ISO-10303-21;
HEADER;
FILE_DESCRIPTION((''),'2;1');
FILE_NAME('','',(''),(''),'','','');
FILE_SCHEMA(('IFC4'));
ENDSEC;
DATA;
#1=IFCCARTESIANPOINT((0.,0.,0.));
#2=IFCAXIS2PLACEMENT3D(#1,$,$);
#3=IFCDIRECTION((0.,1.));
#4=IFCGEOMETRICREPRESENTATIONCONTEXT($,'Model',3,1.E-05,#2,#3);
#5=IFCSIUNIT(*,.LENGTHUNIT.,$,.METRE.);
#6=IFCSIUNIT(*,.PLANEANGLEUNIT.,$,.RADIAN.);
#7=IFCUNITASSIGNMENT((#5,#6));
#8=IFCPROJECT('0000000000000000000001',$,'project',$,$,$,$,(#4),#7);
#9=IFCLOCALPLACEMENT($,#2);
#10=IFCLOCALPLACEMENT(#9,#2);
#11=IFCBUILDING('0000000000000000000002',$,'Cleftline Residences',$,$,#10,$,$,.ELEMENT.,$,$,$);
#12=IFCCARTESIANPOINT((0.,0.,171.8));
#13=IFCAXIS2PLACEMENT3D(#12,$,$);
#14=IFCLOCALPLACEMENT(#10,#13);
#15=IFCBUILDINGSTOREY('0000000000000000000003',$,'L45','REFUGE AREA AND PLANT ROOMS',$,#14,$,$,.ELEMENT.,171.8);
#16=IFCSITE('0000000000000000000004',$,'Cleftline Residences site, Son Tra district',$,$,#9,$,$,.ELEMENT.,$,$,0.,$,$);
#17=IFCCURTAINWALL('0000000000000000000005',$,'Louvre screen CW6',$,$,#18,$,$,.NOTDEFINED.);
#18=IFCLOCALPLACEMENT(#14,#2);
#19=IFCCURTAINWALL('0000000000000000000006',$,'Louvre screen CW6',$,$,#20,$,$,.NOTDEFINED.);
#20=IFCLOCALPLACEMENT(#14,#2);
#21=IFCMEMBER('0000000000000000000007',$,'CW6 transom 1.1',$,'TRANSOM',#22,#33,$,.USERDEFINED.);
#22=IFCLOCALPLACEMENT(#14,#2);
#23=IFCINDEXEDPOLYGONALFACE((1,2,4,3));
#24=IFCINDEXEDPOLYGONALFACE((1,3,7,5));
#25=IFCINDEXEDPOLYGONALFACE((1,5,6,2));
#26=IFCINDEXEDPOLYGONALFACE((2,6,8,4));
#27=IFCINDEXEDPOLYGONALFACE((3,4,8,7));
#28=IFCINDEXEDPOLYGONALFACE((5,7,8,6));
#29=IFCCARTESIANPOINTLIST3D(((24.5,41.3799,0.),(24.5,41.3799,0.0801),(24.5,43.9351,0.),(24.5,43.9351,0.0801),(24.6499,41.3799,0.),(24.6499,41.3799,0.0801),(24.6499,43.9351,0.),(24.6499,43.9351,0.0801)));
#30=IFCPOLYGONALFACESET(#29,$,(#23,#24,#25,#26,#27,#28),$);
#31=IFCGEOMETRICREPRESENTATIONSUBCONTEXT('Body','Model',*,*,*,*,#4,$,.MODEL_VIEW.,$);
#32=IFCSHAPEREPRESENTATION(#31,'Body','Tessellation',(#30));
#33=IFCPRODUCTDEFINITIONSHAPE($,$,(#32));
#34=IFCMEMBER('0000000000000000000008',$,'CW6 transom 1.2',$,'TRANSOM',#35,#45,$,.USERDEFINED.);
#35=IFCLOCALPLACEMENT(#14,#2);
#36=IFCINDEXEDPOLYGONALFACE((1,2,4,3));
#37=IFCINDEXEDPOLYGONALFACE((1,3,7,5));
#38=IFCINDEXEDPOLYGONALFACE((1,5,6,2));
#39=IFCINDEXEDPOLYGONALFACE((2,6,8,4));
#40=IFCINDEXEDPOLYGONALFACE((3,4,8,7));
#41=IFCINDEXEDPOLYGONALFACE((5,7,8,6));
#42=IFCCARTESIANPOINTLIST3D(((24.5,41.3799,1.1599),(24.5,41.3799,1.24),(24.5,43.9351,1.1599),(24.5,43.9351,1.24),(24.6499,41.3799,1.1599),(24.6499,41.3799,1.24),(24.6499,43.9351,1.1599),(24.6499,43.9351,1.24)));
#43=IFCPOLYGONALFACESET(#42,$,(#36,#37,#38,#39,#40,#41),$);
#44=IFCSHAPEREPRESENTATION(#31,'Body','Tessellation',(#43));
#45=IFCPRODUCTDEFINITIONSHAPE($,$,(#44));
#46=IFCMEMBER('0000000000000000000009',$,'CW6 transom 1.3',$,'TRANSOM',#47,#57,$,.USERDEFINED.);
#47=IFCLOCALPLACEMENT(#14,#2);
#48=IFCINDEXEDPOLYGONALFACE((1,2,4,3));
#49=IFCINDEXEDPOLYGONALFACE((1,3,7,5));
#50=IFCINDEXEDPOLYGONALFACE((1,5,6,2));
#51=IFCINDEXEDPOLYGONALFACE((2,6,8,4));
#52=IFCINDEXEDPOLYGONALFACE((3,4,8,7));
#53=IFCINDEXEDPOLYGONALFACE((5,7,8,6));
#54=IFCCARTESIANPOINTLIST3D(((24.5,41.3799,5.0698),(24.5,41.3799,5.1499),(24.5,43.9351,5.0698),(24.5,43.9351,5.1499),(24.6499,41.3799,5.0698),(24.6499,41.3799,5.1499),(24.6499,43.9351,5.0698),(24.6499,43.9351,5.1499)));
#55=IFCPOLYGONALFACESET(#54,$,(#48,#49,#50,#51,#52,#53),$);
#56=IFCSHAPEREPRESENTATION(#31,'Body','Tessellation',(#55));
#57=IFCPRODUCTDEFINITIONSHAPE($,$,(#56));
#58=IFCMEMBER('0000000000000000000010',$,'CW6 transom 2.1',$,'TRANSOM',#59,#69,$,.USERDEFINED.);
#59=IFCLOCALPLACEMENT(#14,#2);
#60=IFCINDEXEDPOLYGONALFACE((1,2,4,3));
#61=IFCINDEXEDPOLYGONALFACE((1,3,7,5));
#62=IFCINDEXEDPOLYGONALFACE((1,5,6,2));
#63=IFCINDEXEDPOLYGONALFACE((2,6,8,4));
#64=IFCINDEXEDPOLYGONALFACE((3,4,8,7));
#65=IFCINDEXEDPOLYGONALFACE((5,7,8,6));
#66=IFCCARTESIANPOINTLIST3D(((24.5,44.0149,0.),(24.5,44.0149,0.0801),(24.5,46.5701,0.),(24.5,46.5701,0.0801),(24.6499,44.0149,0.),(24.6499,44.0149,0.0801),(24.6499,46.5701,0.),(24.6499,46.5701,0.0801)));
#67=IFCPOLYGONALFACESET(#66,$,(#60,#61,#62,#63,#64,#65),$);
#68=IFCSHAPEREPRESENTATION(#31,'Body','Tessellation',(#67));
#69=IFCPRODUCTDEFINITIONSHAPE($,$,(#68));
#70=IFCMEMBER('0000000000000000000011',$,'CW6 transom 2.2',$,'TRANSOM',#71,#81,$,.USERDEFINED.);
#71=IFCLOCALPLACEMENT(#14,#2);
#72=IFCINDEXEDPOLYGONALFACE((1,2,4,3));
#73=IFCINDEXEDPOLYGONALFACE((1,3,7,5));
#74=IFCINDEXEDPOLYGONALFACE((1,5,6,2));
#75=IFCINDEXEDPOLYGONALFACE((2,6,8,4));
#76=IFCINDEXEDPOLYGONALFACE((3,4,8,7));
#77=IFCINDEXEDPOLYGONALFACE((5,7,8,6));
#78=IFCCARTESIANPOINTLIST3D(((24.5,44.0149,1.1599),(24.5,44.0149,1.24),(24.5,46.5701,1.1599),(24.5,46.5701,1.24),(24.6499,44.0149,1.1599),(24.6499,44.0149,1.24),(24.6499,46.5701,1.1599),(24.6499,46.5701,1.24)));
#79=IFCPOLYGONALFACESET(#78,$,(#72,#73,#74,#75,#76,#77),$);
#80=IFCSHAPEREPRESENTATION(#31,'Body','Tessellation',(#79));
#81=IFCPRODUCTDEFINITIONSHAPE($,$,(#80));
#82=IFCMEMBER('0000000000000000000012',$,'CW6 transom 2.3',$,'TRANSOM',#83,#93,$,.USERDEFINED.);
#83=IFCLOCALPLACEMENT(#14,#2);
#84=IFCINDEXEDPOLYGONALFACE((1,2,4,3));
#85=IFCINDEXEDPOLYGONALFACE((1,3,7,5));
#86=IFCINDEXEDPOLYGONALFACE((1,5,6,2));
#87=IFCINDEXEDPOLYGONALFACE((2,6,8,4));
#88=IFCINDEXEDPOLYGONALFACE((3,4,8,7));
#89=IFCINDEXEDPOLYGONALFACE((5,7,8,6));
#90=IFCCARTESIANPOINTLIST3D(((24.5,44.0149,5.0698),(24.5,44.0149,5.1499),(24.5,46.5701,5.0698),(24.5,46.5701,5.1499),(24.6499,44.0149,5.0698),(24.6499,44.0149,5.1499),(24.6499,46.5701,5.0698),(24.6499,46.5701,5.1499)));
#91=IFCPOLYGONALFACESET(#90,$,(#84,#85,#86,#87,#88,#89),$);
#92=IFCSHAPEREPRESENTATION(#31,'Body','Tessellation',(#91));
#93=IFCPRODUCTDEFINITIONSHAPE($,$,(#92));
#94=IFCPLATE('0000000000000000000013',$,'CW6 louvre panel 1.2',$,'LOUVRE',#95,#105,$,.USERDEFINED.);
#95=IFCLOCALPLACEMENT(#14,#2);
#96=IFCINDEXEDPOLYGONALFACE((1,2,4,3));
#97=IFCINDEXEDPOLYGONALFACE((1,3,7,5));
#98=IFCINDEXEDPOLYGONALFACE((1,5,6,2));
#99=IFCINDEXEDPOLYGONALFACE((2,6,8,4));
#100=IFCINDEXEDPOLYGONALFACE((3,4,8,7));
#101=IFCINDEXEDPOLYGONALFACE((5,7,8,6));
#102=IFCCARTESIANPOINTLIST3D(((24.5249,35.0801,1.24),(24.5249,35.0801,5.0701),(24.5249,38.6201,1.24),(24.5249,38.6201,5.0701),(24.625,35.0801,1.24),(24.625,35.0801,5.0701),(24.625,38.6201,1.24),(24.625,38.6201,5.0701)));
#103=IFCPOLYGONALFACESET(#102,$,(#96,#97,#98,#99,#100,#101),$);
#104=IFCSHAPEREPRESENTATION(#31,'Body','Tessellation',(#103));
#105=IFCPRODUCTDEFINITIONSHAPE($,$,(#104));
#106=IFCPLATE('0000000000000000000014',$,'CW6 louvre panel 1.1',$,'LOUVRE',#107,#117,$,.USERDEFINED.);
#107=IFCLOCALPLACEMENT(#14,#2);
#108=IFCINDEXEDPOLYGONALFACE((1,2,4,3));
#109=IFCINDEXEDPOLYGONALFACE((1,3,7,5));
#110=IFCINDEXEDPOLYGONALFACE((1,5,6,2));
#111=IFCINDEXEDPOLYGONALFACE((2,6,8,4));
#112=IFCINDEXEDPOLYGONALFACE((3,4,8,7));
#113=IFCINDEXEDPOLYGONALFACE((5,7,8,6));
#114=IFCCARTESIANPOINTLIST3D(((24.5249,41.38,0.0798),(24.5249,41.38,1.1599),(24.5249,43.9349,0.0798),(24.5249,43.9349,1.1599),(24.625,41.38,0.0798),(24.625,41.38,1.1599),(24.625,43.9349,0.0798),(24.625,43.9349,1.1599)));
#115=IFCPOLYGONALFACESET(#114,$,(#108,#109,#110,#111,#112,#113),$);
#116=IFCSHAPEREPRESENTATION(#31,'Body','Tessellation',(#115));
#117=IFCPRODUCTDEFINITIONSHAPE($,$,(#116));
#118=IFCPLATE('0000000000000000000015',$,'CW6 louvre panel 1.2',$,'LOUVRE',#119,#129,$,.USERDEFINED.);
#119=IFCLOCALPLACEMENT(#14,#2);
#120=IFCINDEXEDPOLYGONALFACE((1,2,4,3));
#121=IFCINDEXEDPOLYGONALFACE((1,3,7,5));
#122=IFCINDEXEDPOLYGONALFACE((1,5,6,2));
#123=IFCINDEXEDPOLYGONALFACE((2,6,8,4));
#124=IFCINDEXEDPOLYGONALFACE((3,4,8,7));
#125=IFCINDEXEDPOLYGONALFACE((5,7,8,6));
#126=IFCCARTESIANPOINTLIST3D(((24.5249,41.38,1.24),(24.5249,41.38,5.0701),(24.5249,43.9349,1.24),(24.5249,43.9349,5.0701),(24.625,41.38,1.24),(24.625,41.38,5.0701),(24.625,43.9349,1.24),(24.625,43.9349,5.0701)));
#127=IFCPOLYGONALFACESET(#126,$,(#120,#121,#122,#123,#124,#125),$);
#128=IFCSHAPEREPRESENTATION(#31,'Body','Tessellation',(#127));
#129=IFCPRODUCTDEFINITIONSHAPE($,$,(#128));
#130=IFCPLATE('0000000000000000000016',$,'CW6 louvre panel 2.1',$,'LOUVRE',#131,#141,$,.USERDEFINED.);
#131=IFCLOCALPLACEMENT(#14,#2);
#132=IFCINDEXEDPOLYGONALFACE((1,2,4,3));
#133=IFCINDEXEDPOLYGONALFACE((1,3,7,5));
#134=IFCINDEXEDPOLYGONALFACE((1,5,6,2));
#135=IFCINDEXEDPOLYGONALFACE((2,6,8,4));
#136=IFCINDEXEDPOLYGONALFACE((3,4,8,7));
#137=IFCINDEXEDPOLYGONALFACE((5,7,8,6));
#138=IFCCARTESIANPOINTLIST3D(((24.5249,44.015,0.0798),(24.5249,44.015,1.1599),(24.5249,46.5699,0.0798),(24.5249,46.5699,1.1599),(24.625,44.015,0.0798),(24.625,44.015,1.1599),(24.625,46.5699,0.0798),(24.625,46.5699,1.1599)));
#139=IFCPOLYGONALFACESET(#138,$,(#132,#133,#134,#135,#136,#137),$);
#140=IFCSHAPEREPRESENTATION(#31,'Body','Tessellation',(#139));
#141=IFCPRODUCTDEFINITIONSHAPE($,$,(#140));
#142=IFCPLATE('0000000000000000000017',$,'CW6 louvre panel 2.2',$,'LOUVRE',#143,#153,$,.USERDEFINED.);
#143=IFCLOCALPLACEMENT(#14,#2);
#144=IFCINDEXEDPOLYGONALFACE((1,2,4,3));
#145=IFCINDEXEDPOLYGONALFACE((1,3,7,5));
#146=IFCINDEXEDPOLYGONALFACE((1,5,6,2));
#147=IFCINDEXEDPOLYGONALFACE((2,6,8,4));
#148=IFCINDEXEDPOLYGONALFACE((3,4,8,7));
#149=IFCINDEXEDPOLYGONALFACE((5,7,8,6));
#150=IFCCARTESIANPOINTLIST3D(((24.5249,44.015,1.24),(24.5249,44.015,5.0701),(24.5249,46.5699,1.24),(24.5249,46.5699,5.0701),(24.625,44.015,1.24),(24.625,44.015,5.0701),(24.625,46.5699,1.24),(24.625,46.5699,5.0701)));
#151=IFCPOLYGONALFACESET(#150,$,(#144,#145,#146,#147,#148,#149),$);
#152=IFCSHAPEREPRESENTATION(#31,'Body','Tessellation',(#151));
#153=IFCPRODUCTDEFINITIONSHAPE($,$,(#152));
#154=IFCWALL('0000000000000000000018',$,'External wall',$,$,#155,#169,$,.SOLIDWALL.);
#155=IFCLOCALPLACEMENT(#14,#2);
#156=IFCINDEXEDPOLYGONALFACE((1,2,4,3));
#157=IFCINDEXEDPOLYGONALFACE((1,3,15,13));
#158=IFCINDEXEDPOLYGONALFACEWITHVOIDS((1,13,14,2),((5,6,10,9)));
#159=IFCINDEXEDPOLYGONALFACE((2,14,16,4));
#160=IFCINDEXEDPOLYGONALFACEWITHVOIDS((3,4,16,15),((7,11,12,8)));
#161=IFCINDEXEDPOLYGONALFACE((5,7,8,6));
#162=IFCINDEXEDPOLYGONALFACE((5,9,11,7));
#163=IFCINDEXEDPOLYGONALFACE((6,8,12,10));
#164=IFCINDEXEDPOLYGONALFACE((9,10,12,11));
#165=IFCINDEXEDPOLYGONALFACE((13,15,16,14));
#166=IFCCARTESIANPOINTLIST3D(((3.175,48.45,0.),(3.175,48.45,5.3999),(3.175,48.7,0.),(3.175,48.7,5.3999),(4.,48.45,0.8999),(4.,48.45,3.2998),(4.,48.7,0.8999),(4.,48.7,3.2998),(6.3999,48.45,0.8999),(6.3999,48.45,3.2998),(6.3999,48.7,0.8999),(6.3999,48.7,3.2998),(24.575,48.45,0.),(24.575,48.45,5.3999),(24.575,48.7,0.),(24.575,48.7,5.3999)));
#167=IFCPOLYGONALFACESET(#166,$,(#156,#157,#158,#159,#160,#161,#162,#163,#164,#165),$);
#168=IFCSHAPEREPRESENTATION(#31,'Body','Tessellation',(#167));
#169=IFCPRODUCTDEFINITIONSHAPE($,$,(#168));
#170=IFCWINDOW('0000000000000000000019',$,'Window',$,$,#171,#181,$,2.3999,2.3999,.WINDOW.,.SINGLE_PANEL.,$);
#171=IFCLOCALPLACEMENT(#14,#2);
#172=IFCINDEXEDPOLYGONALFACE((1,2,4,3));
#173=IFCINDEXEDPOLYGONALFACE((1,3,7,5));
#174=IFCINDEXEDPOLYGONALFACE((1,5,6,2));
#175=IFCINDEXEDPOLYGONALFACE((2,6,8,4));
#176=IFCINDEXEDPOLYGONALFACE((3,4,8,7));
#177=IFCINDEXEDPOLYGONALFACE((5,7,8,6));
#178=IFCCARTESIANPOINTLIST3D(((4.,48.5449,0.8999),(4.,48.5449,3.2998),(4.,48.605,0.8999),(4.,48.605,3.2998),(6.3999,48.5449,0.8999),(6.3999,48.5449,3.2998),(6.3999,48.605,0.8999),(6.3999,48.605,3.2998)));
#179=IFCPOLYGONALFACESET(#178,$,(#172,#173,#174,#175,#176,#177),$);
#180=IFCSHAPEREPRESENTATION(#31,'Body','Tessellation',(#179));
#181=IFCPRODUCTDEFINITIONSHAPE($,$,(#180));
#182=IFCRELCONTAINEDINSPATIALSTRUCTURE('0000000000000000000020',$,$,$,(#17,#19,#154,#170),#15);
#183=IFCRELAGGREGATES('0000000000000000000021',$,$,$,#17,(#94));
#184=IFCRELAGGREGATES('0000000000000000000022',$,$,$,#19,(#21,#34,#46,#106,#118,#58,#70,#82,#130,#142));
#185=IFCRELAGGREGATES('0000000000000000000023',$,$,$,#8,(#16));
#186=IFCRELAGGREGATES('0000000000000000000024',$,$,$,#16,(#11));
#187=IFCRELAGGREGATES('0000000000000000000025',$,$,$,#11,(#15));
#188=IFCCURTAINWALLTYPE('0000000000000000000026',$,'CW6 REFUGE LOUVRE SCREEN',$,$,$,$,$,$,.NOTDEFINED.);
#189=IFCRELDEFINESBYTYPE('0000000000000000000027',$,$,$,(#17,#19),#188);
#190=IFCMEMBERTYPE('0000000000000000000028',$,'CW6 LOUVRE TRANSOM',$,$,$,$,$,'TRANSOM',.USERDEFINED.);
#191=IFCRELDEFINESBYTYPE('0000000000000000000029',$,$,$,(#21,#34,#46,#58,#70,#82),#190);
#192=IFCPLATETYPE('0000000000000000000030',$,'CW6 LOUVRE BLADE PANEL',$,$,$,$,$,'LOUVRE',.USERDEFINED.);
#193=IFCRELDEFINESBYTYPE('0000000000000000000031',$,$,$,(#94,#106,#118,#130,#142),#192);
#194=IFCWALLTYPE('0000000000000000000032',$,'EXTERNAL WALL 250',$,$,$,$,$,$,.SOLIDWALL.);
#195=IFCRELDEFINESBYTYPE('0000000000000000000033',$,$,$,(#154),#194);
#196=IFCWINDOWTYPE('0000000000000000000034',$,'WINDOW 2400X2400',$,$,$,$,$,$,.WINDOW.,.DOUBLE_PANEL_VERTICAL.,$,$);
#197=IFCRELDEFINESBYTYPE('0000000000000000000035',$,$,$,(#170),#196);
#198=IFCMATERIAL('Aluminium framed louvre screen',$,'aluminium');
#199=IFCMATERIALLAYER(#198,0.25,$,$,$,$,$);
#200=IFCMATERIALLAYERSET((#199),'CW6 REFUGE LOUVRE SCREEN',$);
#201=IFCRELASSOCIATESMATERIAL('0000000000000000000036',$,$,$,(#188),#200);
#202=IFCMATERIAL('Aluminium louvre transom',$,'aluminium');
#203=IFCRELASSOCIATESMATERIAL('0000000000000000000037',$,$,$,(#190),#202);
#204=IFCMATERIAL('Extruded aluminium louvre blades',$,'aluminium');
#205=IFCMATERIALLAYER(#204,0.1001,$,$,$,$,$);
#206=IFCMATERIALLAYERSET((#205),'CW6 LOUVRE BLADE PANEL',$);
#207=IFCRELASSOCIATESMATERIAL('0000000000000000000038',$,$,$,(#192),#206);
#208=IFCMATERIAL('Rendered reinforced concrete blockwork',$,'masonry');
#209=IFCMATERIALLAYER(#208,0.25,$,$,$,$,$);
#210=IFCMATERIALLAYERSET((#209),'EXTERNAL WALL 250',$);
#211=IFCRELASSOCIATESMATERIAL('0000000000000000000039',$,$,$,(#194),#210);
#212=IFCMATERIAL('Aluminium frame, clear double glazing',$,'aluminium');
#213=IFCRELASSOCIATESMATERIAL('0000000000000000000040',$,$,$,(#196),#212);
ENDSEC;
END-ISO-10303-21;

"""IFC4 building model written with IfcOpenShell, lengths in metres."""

from ifc_helpers import new_model, si_unit, direction, frame, frame_2d, origin, origin_2d, place, context, subcontext, project, spatial, rectangle, extrude, material, layer, layer_set, material_profile, profile_set, type_object, element, fill, aggregate, save


model = new_model("IFC4")

# Units and contexts
model_context = context("Model", 3, precision=1e-05, world=origin(), true_north=direction((0.0, 1.0)))
body_context = subcontext(model_context, "Body", "Model", "MODEL_VIEW")
ifc_project = project(units=[si_unit("LENGTHUNIT", "METRE"), si_unit("PLANEANGLEUNIT", "RADIAN")], contexts=[model_context])

# Site, building, storey
site_placement = place(None, origin())
site = spatial("IfcSite", under=ifc_project, at=site_placement, Name="Cleftline Residences site, Son Tra district", CompositionType="ELEMENT", RefElevation=0.0)
building_placement = place(site_placement, origin())
building = spatial("IfcBuilding", under=site, at=building_placement, Name="Cleftline Residences", CompositionType="ELEMENT")
storey_placement = place(building_placement, frame((0.0, 0.0, 171.8)))
storey = spatial("IfcBuildingStorey", under=building, at=storey_placement, Name="L45", Description="REFUGE AREA AND PLANT ROOMS", CompositionType="ELEMENT", Elevation=171.8)

# Curtain wall
ifc_material_1 = material(Name="Aluminium framed louvre screen", Category="aluminium")
ifc_layer_1 = layer(ifc_material_1, 0.25)
ifc_layer_set_1 = layer_set([ifc_layer_1], Name="CW6 REFUGE LOUVRE SCREEN")
curtain_wall_type = type_object("IfcCurtainWallType", Name="CW6 REFUGE LOUVRE SCREEN", PredefinedType="NOTDEFINED", material=ifc_layer_set_1)
curtain_wall_1_placement = place(storey_placement, origin())
curtain_wall_1 = element("IfcCurtainWall", 1, at=curtain_wall_1_placement, inside=storey, type_object=curtain_wall_type, Name="Louvre screen CW6", PredefinedType="NOTDEFINED")

# Curtain wall, members
curtain_wall_2_placement = place(storey_placement, origin())
curtain_wall_2 = element("IfcCurtainWall", 2, at=curtain_wall_2_placement, inside=storey, type_object=curtain_wall_type, Name="Louvre screen CW6", PredefinedType="NOTDEFINED")
ifc_material_2 = material(Name="Aluminium louvre transom", Category="aluminium")
ifc_material_profile_1 = material_profile(ifc_material_2, rectangle(XDim=0.1499, YDim=0.0801, at=origin_2d()))
ifc_profile_set_1 = profile_set([ifc_material_profile_1], Name="Aluminium louvre transom")
member_type_1 = type_object("IfcMemberType", Name="CW6 LOUVRE TRANSOM", ElementType="TRANSOM", PredefinedType="USERDEFINED", material=ifc_profile_set_1)
member_1_placement = place(storey_placement, frame((24.575, 41.3799, 0.04), z_axis=(0.0, 1.0, 0.0), x_axis=(-1.0, 0.0, 0.0)))
member_1 = element("IfcMember", 3, at=member_1_placement, type_object=member_type_1, Name="CW6 transom 1.1", ObjectType="TRANSOM", PredefinedType="USERDEFINED", context=body_context, shape_type="SweptSolid", body=[
    extrude(rectangle(XDim=0.1499, YDim=0.0801, at=origin_2d()), origin(), (0.0, 0.0, 1.0), 2.5552),
])
member_2_placement = place(storey_placement, frame((24.575, 41.3799, 1.2), z_axis=(0.0, 1.0, 0.0), x_axis=(-1.0, 0.0, 0.0)))
member_2 = element("IfcMember", 4, at=member_2_placement, type_object=member_type_1, Name="CW6 transom 1.2", ObjectType="TRANSOM", PredefinedType="USERDEFINED", context=body_context, shape_type="SweptSolid", body=[
    extrude(rectangle(XDim=0.1499, YDim=0.0801, at=origin_2d()), origin(), (0.0, 0.0, 1.0), 2.5552),
])
member_3_placement = place(storey_placement, frame((24.575, 41.3799, 5.1099), z_axis=(0.0, 1.0, 0.0), x_axis=(-1.0, 0.0, 0.0)))
member_3 = element("IfcMember", 5, at=member_3_placement, type_object=member_type_1, Name="CW6 transom 1.3", ObjectType="TRANSOM", PredefinedType="USERDEFINED", context=body_context, shape_type="SweptSolid", body=[
    extrude(rectangle(XDim=0.1499, YDim=0.0801, at=origin_2d()), origin(), (0.0, 0.0, 1.0), 2.5552),
])
member_4_placement = place(storey_placement, frame((24.575, 44.0149, 0.04), z_axis=(0.0, 1.0, 0.0), x_axis=(-1.0, 0.0, 0.0)))
member_4 = element("IfcMember", 6, at=member_4_placement, type_object=member_type_1, Name="CW6 transom 2.1", ObjectType="TRANSOM", PredefinedType="USERDEFINED", context=body_context, shape_type="SweptSolid", body=[
    extrude(rectangle(XDim=0.1499, YDim=0.0801, at=origin_2d()), origin(), (0.0, 0.0, 1.0), 2.5552),
])
member_5_placement = place(storey_placement, frame((24.575, 44.0149, 1.2), z_axis=(0.0, 1.0, 0.0), x_axis=(-1.0, 0.0, 0.0)))
member_5 = element("IfcMember", 7, at=member_5_placement, type_object=member_type_1, Name="CW6 transom 2.2", ObjectType="TRANSOM", PredefinedType="USERDEFINED", context=body_context, shape_type="SweptSolid", body=[
    extrude(rectangle(XDim=0.1499, YDim=0.0801, at=origin_2d()), origin(), (0.0, 0.0, 1.0), 2.5552),
])
member_6_placement = place(storey_placement, frame((24.575, 44.0149, 5.1099), z_axis=(0.0, 1.0, 0.0), x_axis=(-1.0, 0.0, 0.0)))
member_6 = element("IfcMember", 8, at=member_6_placement, type_object=member_type_1, Name="CW6 transom 2.3", ObjectType="TRANSOM", PredefinedType="USERDEFINED", context=body_context, shape_type="SweptSolid", body=[
    extrude(rectangle(XDim=0.1499, YDim=0.0801, at=origin_2d()), origin(), (0.0, 0.0, 1.0), 2.5552),
])

# Plates
ifc_material_3 = material(Name="Extruded aluminium louvre blades", Category="aluminium")
ifc_layer_2 = layer(ifc_material_3, 0.1001)
ifc_layer_set_2 = layer_set([ifc_layer_2], Name="CW6 LOUVRE BLADE PANEL")
plate_type = type_object("IfcPlateType", Name="CW6 LOUVRE BLADE PANEL", ElementType="LOUVRE", PredefinedType="USERDEFINED", material=ifc_layer_set_2)
plate_1_placement = place(storey_placement, frame((24.575, 36.8501, 1.24), z_axis=(0.0, 0.0, 1.0), x_axis=(0.0, 1.0, 0.0)))
plate_1 = element("IfcPlate", 9, at=plate_1_placement, type_object=plate_type, Name="CW6 louvre panel 1.2", ObjectType="LOUVRE", PredefinedType="USERDEFINED", context=body_context, shape_type="SweptSolid", body=[
    extrude(rectangle(XDim=3.54, YDim=0.1001, at=origin_2d()), origin(), (0.0, 0.0, 1.0), 3.8301),
])
aggregate(curtain_wall_1, [plate_1])
plate_2_placement = place(storey_placement, frame((24.575, 42.6575, 0.0798), z_axis=(0.0, 0.0, 1.0), x_axis=(0.0, 1.0, 0.0)))
plate_2 = element("IfcPlate", 10, at=plate_2_placement, type_object=plate_type, Name="CW6 louvre panel 1.1", ObjectType="LOUVRE", PredefinedType="USERDEFINED", context=body_context, shape_type="SweptSolid", body=[
    extrude(rectangle(XDim=2.5549, YDim=0.1001, at=origin_2d()), origin(), (0.0, 0.0, 1.0), 1.0801),
])
plate_3_placement = place(storey_placement, frame((24.575, 42.6575, 1.24), z_axis=(0.0, 0.0, 1.0), x_axis=(0.0, 1.0, 0.0)))
plate_3 = element("IfcPlate", 11, at=plate_3_placement, type_object=plate_type, Name="CW6 louvre panel 1.2", ObjectType="LOUVRE", PredefinedType="USERDEFINED", context=body_context, shape_type="SweptSolid", body=[
    extrude(rectangle(XDim=2.5549, YDim=0.1001, at=origin_2d()), origin(), (0.0, 0.0, 1.0), 3.8301),
])
plate_4_placement = place(storey_placement, frame((24.575, 45.2925, 0.0798), z_axis=(0.0, 0.0, 1.0), x_axis=(0.0, 1.0, 0.0)))
plate_4 = element("IfcPlate", 12, at=plate_4_placement, type_object=plate_type, Name="CW6 louvre panel 2.1", ObjectType="LOUVRE", PredefinedType="USERDEFINED", context=body_context, shape_type="SweptSolid", body=[
    extrude(rectangle(XDim=2.5549, YDim=0.1001, at=origin_2d()), origin(), (0.0, 0.0, 1.0), 1.0801),
])
plate_5_placement = place(storey_placement, frame((24.575, 45.2925, 1.24), z_axis=(0.0, 0.0, 1.0), x_axis=(0.0, 1.0, 0.0)))
plate_5 = element("IfcPlate", 13, at=plate_5_placement, type_object=plate_type, Name="CW6 louvre panel 2.2", ObjectType="LOUVRE", PredefinedType="USERDEFINED", context=body_context, shape_type="SweptSolid", body=[
    extrude(rectangle(XDim=2.5549, YDim=0.1001, at=origin_2d()), origin(), (0.0, 0.0, 1.0), 3.8301),
])
aggregate(curtain_wall_2, [member_1, member_2, member_3, plate_2, plate_3, member_4, member_5, member_6, plate_4, plate_5])

# Wall, opening, window
ifc_material_4 = material(Name="Rendered reinforced concrete blockwork", Category="masonry")
ifc_layer_3 = layer(ifc_material_4, 0.25)
ifc_layer_set_3 = layer_set([ifc_layer_3], Name="EXTERNAL WALL 250")
wall_type = type_object("IfcWallType", Name="EXTERNAL WALL 250", PredefinedType="SOLIDWALL", material=ifc_layer_set_3)
wall_placement = place(storey_placement, frame((24.575, 48.575, 0.0), z_axis=(0.0, 0.0, 1.0), x_axis=(-1.0, 0.0, 0.0)))
wall = element("IfcWall", 14, at=wall_placement, inside=storey, type_object=wall_type, Name="External wall", PredefinedType="SOLIDWALL", context=body_context, shape_type="SweptSolid", body=[
    extrude(rectangle(XDim=21.3999, YDim=0.25, at=frame_2d((10.7, 0.0))), origin(), (0.0, 0.0, 1.0), 5.3999),
])
opening_placement = place(wall_placement, frame((18.175, 0.0, 0.8999)))
opening = element("IfcOpeningElement", 15, at=opening_placement, cuts=wall, PredefinedType="OPENING", context=body_context, shape_type="SweptSolid", body=[
    extrude(rectangle(XDim=2.3999, YDim=2.3999, at=frame_2d((1.2, 1.2))), frame((0.0, 0.135, 0.0), z_axis=(0.0, -1.0, 0.0), x_axis=(1.0, 0.0, 0.0)), (0.0, 0.0, 1.0), 0.27),
])
ifc_material_5 = material(Name="Aluminium frame, clear double glazing", Category="aluminium")
window_type = type_object("IfcWindowType", Name="WINDOW 2400X2400", PartitioningType="DOUBLE_PANEL_VERTICAL", PredefinedType="WINDOW", material=ifc_material_5)
window_placement = place(opening_placement, origin())
window = element("IfcWindow", 16, at=window_placement, inside=storey, type_object=window_type, Name="Window", OverallHeight=2.3999, OverallWidth=2.3999, PartitioningType="SINGLE_PANEL", PredefinedType="WINDOW", context=body_context, shape_type="SweptSolid", body=[
    extrude(rectangle(XDim=2.3999, YDim=2.3999, at=frame_2d((1.2, 1.2))), frame((0.0, 0.03, 0.0), z_axis=(0.0, -1.0, 0.0), x_axis=(1.0, 0.0, 0.0)), (0.0, 0.0, 1.0), 0.0601),
])
fill(opening, window)

save(model, "model.ifc")
